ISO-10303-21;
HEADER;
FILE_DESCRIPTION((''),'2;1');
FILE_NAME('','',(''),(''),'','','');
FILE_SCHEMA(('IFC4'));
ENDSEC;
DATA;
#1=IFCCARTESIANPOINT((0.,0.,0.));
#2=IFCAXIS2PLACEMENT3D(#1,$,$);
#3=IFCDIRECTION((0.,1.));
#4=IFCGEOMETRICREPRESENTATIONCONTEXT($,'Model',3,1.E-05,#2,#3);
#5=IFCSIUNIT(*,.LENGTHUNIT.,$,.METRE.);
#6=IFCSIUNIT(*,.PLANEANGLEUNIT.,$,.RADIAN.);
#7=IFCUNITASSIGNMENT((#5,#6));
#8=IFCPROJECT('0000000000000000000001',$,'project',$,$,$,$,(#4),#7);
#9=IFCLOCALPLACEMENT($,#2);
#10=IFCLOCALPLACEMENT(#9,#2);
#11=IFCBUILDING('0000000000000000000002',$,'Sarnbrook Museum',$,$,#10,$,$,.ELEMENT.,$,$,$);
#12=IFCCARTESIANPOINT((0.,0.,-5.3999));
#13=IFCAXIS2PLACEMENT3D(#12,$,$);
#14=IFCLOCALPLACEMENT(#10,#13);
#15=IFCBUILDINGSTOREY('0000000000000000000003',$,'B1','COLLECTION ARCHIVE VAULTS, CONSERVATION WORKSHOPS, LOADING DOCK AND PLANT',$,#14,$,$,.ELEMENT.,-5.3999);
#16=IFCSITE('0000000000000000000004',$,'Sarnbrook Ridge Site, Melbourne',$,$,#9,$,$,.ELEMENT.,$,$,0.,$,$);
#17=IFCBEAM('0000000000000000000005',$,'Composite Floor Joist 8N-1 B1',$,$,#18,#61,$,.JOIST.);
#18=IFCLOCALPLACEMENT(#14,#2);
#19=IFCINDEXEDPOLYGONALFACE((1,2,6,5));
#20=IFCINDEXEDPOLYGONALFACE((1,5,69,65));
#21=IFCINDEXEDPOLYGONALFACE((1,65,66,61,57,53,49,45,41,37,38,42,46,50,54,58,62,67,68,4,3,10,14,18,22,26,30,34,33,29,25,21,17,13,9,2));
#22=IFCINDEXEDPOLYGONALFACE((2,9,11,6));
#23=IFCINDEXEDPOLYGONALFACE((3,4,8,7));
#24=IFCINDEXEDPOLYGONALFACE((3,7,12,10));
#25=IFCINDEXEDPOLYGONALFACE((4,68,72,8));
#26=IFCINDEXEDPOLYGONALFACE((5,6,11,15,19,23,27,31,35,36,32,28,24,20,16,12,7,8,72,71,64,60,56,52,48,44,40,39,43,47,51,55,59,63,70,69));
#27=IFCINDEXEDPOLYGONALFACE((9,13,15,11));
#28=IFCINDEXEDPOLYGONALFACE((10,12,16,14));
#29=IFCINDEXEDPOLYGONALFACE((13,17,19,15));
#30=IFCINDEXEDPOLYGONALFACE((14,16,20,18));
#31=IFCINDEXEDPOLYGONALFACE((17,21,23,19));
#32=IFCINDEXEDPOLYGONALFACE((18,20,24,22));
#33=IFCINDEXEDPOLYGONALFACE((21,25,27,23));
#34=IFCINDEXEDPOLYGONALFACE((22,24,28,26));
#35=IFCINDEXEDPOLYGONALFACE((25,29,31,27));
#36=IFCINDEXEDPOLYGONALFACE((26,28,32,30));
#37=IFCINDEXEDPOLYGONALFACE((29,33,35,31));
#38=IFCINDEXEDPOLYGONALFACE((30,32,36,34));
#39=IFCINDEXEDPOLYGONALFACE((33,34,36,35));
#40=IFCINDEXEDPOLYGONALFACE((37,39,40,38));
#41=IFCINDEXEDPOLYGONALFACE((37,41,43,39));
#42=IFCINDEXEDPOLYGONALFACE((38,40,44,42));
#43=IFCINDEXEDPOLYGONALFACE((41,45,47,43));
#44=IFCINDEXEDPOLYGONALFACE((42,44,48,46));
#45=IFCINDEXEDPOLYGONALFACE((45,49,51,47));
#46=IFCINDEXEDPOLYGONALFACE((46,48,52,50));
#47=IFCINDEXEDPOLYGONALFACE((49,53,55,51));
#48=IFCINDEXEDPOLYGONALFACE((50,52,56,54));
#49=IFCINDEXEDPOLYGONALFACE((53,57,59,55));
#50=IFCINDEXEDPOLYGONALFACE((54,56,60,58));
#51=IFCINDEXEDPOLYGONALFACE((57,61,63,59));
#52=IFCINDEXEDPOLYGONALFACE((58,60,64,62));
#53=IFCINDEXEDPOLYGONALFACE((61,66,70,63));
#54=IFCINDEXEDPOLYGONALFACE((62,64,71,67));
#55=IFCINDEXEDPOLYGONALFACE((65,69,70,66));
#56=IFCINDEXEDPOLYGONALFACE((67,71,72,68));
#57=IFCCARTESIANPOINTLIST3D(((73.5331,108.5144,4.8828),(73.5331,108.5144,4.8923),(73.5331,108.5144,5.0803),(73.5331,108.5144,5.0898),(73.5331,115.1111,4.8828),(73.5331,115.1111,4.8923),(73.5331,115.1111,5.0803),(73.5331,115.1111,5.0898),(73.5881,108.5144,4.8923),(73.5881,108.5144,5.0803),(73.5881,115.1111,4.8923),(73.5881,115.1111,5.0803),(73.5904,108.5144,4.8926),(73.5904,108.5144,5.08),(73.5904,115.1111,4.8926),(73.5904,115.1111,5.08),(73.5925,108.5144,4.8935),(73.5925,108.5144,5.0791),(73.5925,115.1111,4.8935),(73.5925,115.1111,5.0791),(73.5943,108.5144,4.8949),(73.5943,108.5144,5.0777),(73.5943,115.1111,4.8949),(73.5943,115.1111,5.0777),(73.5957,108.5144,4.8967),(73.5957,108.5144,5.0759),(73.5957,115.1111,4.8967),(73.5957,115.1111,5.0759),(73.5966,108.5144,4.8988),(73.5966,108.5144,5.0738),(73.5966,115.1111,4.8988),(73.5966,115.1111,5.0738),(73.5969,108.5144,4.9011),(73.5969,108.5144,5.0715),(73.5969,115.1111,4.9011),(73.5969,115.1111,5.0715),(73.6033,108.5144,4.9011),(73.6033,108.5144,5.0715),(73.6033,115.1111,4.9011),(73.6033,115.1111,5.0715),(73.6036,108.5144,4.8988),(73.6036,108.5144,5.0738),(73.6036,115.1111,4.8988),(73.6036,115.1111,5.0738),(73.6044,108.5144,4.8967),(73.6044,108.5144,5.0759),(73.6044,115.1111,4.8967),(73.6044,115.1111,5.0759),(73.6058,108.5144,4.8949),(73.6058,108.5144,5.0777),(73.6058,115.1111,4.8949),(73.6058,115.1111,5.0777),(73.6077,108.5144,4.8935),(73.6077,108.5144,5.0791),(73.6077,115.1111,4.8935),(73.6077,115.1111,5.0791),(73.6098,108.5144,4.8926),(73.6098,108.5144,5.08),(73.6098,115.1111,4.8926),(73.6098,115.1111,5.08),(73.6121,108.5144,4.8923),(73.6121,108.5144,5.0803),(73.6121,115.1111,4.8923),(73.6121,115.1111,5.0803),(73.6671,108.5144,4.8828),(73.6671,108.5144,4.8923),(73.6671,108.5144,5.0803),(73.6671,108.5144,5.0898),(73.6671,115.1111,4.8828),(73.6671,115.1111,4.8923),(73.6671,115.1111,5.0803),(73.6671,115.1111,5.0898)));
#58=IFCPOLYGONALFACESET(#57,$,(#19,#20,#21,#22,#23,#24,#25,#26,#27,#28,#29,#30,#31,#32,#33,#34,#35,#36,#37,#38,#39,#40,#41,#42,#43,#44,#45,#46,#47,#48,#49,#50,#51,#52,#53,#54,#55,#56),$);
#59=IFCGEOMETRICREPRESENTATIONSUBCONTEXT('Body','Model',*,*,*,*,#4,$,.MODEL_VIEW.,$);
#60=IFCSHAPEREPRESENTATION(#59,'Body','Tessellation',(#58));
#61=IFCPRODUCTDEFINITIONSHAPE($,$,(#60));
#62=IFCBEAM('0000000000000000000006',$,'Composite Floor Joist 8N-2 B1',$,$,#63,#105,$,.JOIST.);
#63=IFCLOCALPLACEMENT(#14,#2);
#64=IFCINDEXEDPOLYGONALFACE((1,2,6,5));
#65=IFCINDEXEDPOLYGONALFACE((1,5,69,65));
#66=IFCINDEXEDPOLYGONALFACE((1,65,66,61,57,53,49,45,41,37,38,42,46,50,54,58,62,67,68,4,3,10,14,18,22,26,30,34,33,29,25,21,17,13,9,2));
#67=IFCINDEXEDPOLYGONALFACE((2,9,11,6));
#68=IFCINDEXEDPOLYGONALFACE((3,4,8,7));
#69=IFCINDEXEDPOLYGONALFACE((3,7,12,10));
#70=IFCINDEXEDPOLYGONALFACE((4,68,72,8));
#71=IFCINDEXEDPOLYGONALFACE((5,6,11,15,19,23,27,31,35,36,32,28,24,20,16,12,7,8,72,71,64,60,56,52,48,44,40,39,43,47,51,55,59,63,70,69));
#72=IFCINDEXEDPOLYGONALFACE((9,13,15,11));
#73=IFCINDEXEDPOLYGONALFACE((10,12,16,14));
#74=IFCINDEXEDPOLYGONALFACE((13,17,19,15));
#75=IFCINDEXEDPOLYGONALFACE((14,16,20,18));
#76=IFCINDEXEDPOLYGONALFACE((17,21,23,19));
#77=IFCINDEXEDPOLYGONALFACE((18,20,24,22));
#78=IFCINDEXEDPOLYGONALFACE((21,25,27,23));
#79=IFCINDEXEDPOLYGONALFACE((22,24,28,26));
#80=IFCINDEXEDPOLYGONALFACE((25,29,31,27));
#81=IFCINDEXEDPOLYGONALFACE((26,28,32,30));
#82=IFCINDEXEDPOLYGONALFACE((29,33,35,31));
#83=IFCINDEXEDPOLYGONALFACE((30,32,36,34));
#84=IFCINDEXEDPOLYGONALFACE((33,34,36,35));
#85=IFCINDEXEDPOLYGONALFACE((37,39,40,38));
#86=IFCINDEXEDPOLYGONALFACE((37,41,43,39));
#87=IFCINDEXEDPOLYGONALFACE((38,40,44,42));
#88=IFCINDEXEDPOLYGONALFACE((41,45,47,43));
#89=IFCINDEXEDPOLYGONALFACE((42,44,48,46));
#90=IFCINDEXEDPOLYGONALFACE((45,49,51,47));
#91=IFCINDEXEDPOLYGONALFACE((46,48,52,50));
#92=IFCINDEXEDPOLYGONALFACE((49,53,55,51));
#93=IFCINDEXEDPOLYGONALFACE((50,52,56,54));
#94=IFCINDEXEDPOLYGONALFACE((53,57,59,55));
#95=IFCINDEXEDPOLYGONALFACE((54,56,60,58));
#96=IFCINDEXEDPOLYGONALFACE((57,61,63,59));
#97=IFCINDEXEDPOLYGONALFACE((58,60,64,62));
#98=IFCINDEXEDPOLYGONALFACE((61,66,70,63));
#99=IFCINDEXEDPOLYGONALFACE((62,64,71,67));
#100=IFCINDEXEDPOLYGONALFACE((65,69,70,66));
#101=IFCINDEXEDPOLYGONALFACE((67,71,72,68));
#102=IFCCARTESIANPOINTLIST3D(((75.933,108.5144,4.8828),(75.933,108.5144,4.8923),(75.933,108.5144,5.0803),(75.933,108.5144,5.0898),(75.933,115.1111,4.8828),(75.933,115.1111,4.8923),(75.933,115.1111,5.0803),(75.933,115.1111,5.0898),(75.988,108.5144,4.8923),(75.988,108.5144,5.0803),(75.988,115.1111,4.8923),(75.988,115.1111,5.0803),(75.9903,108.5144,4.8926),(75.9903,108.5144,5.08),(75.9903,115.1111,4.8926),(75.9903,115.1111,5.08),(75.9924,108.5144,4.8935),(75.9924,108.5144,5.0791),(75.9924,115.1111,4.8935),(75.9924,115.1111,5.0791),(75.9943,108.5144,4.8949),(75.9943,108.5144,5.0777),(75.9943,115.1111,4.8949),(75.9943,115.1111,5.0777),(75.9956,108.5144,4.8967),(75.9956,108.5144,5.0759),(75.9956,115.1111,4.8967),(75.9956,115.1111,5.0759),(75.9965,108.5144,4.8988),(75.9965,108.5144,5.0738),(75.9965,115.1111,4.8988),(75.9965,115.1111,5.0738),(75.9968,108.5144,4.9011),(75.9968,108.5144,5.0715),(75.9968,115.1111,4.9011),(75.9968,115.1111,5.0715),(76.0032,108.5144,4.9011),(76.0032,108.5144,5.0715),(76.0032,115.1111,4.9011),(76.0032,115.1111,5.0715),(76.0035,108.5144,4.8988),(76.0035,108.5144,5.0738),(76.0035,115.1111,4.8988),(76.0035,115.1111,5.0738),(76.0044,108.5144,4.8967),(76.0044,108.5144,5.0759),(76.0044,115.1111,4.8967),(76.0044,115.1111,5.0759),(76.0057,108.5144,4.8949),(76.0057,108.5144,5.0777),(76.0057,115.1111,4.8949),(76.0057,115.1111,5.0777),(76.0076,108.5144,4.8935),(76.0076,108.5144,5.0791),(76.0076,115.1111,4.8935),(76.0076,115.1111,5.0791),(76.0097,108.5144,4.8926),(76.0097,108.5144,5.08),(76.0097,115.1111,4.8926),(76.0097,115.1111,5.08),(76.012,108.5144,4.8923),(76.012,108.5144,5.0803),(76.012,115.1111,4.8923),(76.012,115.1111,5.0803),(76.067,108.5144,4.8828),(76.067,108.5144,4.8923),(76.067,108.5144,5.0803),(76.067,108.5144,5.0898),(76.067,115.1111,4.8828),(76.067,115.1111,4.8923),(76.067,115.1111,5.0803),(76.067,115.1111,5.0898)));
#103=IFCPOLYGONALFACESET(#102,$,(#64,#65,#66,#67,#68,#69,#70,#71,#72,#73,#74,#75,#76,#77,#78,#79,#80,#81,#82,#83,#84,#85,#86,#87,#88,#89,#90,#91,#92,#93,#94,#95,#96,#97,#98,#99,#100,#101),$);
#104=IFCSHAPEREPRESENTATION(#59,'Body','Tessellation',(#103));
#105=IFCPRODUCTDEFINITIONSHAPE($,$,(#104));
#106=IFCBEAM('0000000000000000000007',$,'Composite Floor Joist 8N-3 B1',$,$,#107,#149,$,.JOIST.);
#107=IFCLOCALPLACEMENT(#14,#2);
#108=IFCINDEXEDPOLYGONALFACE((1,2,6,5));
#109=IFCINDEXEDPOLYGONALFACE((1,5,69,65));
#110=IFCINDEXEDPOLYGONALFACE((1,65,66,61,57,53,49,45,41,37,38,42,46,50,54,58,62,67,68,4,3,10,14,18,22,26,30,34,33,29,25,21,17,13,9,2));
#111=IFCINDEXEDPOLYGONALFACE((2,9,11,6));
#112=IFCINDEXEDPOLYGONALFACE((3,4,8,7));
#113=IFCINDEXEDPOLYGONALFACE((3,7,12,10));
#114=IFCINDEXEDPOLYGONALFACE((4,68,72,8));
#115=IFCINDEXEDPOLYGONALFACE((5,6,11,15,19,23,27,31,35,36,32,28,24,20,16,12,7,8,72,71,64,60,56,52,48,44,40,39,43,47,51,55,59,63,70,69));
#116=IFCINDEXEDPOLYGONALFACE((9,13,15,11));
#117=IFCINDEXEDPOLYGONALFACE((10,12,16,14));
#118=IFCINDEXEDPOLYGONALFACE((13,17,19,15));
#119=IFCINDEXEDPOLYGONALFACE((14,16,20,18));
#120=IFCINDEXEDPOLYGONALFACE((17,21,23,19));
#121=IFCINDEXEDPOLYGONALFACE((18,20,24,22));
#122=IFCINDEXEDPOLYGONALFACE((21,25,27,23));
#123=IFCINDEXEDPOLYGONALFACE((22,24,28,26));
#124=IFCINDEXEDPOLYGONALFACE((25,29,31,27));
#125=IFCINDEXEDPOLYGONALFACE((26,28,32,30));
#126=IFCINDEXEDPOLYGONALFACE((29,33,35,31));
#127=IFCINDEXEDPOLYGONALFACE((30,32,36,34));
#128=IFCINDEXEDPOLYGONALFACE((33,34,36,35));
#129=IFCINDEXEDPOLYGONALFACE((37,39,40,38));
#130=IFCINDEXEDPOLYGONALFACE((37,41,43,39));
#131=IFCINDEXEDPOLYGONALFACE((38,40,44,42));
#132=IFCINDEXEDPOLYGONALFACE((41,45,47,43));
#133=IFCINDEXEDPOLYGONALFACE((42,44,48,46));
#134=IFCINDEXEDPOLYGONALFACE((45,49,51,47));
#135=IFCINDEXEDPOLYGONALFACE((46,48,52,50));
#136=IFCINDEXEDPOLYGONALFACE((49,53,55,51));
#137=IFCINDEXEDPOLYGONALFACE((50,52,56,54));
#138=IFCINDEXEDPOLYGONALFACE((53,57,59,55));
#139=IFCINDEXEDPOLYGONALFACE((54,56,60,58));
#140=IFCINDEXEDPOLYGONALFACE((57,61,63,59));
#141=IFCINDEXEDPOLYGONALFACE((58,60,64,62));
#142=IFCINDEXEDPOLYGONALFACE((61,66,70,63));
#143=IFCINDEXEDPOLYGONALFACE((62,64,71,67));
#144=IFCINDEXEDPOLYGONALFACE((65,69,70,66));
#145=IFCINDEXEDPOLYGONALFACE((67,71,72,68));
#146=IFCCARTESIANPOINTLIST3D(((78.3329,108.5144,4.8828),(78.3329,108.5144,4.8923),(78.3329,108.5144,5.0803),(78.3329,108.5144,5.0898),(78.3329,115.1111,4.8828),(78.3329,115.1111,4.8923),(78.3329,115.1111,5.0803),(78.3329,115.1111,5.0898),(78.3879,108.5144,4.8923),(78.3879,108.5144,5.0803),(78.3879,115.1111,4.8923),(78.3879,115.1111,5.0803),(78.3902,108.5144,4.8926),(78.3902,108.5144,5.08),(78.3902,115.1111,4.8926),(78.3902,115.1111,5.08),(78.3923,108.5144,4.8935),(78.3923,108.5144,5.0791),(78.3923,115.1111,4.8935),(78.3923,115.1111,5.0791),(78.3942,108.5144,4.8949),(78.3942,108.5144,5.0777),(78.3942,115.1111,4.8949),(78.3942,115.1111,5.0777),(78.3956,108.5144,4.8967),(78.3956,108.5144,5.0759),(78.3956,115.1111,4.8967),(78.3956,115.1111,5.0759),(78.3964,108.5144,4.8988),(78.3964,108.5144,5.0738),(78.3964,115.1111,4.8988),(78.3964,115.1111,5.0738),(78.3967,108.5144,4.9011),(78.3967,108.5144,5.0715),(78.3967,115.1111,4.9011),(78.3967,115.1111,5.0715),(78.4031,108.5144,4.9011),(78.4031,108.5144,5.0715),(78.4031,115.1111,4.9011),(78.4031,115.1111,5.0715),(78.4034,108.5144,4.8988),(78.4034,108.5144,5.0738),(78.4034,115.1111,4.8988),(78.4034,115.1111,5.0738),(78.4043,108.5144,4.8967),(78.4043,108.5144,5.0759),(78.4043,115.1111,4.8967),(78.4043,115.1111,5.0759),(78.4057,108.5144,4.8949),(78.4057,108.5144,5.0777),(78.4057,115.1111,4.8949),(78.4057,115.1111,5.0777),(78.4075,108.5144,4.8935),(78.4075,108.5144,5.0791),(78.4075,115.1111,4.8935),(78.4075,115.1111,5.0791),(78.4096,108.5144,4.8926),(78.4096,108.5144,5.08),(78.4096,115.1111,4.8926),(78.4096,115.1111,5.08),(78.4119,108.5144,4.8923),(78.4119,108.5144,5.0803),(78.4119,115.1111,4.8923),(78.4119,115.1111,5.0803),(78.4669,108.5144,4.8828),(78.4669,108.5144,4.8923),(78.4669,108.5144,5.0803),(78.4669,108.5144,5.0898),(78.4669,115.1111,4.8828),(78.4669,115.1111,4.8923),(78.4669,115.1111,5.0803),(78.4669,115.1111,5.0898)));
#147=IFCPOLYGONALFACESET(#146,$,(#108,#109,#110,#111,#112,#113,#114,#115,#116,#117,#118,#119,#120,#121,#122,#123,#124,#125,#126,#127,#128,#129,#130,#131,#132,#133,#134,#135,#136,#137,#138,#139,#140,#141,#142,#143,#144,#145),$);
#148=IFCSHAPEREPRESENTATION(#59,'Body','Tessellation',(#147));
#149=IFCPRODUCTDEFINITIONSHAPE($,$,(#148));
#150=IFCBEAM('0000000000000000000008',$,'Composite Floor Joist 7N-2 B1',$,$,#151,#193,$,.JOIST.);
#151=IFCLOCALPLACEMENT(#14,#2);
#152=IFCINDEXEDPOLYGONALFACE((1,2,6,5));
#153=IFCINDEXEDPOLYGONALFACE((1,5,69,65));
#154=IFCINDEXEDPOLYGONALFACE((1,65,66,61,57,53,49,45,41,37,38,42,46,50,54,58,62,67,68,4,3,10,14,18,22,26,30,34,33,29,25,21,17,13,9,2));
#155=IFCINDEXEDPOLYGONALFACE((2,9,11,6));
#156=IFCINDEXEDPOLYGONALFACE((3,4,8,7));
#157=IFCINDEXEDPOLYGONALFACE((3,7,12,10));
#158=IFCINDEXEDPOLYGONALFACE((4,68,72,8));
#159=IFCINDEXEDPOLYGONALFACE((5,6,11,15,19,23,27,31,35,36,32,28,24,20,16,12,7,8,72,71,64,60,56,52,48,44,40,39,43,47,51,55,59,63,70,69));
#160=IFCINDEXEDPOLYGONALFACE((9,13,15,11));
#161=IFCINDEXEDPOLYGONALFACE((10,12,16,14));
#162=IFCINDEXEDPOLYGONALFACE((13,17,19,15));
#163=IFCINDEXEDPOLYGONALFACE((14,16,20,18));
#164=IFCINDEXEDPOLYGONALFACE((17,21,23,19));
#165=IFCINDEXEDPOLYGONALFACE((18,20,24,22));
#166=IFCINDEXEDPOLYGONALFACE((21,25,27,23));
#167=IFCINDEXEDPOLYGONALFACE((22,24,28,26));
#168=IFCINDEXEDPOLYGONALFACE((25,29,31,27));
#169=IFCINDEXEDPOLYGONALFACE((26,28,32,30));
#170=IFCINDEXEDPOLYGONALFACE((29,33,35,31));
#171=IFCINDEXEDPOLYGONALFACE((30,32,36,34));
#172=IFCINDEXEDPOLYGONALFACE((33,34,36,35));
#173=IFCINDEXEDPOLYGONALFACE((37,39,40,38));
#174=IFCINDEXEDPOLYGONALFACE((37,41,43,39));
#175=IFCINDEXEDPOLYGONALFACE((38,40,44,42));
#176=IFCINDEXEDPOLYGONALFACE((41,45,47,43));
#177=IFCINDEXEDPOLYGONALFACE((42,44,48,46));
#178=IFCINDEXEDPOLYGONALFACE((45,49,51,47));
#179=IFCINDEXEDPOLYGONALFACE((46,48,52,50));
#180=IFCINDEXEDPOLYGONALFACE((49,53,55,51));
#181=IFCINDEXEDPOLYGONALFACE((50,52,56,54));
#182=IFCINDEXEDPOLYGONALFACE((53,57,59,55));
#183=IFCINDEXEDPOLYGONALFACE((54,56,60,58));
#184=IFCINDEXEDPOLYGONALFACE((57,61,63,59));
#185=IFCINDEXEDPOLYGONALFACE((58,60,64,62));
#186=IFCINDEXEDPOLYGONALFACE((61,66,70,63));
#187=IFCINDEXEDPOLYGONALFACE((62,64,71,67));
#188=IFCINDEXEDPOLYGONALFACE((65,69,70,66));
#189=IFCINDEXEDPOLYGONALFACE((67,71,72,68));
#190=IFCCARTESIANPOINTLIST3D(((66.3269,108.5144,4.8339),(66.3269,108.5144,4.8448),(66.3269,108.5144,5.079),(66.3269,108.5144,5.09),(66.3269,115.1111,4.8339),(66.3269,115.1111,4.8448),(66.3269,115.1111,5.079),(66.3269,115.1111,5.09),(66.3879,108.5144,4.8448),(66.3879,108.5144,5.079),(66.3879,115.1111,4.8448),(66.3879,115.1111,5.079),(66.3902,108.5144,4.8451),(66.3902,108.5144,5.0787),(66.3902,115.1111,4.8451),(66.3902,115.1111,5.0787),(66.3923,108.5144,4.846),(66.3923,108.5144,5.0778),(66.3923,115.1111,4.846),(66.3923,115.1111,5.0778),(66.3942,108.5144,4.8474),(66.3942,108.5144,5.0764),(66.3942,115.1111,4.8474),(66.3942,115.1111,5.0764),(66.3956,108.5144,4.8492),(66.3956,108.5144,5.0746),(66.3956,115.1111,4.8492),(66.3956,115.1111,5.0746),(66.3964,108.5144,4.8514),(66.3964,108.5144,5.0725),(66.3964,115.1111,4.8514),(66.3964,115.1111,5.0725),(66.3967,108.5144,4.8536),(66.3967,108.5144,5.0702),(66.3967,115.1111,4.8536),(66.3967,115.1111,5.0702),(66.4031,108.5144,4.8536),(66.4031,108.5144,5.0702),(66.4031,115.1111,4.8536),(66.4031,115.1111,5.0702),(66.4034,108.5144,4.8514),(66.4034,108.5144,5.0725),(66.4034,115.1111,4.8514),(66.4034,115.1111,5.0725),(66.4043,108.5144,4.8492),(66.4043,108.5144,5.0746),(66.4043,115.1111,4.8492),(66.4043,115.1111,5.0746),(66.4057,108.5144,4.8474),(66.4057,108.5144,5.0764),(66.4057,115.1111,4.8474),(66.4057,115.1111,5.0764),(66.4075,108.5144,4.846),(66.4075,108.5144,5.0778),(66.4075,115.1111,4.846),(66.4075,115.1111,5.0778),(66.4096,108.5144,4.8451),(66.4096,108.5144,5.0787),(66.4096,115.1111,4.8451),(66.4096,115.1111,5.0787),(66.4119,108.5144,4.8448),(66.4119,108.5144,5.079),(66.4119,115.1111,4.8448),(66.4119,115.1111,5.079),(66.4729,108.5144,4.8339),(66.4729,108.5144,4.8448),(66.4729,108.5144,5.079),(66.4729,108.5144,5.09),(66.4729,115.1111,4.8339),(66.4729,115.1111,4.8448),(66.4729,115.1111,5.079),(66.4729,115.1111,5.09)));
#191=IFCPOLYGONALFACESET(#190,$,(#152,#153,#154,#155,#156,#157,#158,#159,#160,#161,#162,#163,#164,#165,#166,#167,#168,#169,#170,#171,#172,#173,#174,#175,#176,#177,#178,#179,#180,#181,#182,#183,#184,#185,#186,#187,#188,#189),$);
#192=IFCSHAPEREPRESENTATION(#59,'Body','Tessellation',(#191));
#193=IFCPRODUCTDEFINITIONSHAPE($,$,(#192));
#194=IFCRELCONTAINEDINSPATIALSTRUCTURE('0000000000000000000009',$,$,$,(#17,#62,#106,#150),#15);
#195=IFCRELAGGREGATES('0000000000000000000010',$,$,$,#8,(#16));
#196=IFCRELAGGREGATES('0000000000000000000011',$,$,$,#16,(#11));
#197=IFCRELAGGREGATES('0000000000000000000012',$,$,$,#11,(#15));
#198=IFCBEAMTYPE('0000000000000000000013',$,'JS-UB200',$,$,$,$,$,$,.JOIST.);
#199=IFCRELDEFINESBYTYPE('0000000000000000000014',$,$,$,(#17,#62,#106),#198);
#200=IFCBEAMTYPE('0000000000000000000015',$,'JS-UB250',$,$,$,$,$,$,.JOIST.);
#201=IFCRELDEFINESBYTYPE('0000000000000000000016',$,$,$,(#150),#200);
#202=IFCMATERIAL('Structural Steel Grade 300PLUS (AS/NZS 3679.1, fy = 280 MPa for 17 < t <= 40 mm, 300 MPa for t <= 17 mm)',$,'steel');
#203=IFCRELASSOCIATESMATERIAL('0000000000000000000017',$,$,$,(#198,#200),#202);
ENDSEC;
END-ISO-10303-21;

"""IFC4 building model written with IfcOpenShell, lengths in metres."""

from ifc_helpers import new_model, si_unit, direction, frame, origin, origin_2d, place, context, subcontext, project, spatial, i_section, extrude, material, material_profile, profile_set, type_object, element, save


model = new_model("IFC4")

# Units and contexts
model_context = context("Model", 3, precision=1e-05, world=origin(), true_north=direction((0.0, 1.0)))
body_context = subcontext(model_context, "Body", "Model", "MODEL_VIEW")
ifc_project = project(units=[si_unit("LENGTHUNIT", "METRE"), si_unit("PLANEANGLEUNIT", "RADIAN")], contexts=[model_context])

# Site, building, storey
site_placement = place(None, origin())
site = spatial("IfcSite", under=ifc_project, at=site_placement, Name="Sarnbrook Ridge Site, Melbourne", CompositionType="ELEMENT", RefElevation=0.0)
building_placement = place(site_placement, origin())
building = spatial("IfcBuilding", under=site, at=building_placement, Name="Sarnbrook Museum", CompositionType="ELEMENT")
storey_placement = place(building_placement, frame((0.0, 0.0, -5.3999)))
storey = spatial("IfcBuildingStorey", under=building, at=storey_placement, Name="B1", Description="COLLECTION ARCHIVE VAULTS, CONSERVATION WORKSHOPS, LOADING DOCK AND PLANT", CompositionType="ELEMENT", Elevation=-5.3999)

# Beams
ifc_material_1 = material(Name="Structural Steel Grade 300PLUS (AS/NZS 3679.1, fy = 280 MPa for 17 < t <= 40 mm, 300 MPa for t <= 17 mm)", Category="steel")
ifc_material_profile_1 = material_profile(ifc_material_1, i_section(OverallWidth=0.134, OverallDepth=0.207, WebThickness=0.0063, FlangeThickness=0.0095, FilletRadius=0.0088, at=origin_2d()), Name="200UB29.8")
ifc_profile_set_1 = profile_set([ifc_material_profile_1], Name="Structural Steel Grade 300PLUS (AS/NZS 3679.1, fy = 280 MPa for 17 < t <= 40 mm, 300 MPa for t <= 17 mm)")
beam_type_1 = type_object("IfcBeamType", Name="JS-UB200", PredefinedType="JOIST", material=ifc_profile_set_1)
for number, where, z_axis, x_axis, name in (
    (1, (73.6001, 108.5144, 4.9863), (0.0, 1.0, 0.0), (-1.0, 0.0, 0.0), "Composite Floor Joist 8N-1 B1"),
    (2, (76.0, 108.5144, 4.9863), (0.0, 1.0, 0.0), (-1.0, 0.0, 0.0), "Composite Floor Joist 8N-2 B1"),
    (3, (78.3999, 108.5144, 4.9863), (0.0, 1.0, 0.0), (-1.0, 0.0, 0.0), "Composite Floor Joist 8N-3 B1"),
):
    element("IfcBeam", number, at=place(storey_placement, frame(where, z_axis=z_axis, x_axis=x_axis)), inside=storey, type_object=beam_type_1, Name=name, PredefinedType="JOIST", context=body_context, shape_type="SweptSolid", body=[
        extrude(i_section(OverallWidth=0.134, OverallDepth=0.207, WebThickness=0.0063, FlangeThickness=0.0095, FilletRadius=0.0088, at=origin_2d()), origin(), (0.0, 0.0, 1.0), 6.5967),
    ])
ifc_material_profile_2 = material_profile(ifc_material_1, i_section(OverallWidth=0.146, OverallDepth=0.2561, WebThickness=0.0063, FlangeThickness=0.011, FilletRadius=0.0088, at=origin_2d()), Name="250UB37.3")
ifc_profile_set_2 = profile_set([ifc_material_profile_2], Name="Structural Steel Grade 300PLUS (AS/NZS 3679.1, fy = 280 MPa for 17 < t <= 40 mm, 300 MPa for t <= 17 mm)")
beam_type_2 = type_object("IfcBeamType", Name="JS-UB250", PredefinedType="JOIST", material=ifc_profile_set_2)
for number, where, z_axis, x_axis, name in (
    (4, (66.3999, 108.5144, 4.9619), (0.0, 1.0, 0.0), (-1.0, 0.0, 0.0), "Composite Floor Joist 7N-2 B1"),
):
    element("IfcBeam", number, at=place(storey_placement, frame(where, z_axis=z_axis, x_axis=x_axis)), inside=storey, type_object=beam_type_2, Name=name, PredefinedType="JOIST", context=body_context, shape_type="SweptSolid", body=[
        extrude(i_section(OverallWidth=0.146, OverallDepth=0.2561, WebThickness=0.0063, FlangeThickness=0.011, FilletRadius=0.0088, at=origin_2d()), origin(), (0.0, 0.0, 1.0), 6.5967),
    ])

save(model, "model.ifc")
